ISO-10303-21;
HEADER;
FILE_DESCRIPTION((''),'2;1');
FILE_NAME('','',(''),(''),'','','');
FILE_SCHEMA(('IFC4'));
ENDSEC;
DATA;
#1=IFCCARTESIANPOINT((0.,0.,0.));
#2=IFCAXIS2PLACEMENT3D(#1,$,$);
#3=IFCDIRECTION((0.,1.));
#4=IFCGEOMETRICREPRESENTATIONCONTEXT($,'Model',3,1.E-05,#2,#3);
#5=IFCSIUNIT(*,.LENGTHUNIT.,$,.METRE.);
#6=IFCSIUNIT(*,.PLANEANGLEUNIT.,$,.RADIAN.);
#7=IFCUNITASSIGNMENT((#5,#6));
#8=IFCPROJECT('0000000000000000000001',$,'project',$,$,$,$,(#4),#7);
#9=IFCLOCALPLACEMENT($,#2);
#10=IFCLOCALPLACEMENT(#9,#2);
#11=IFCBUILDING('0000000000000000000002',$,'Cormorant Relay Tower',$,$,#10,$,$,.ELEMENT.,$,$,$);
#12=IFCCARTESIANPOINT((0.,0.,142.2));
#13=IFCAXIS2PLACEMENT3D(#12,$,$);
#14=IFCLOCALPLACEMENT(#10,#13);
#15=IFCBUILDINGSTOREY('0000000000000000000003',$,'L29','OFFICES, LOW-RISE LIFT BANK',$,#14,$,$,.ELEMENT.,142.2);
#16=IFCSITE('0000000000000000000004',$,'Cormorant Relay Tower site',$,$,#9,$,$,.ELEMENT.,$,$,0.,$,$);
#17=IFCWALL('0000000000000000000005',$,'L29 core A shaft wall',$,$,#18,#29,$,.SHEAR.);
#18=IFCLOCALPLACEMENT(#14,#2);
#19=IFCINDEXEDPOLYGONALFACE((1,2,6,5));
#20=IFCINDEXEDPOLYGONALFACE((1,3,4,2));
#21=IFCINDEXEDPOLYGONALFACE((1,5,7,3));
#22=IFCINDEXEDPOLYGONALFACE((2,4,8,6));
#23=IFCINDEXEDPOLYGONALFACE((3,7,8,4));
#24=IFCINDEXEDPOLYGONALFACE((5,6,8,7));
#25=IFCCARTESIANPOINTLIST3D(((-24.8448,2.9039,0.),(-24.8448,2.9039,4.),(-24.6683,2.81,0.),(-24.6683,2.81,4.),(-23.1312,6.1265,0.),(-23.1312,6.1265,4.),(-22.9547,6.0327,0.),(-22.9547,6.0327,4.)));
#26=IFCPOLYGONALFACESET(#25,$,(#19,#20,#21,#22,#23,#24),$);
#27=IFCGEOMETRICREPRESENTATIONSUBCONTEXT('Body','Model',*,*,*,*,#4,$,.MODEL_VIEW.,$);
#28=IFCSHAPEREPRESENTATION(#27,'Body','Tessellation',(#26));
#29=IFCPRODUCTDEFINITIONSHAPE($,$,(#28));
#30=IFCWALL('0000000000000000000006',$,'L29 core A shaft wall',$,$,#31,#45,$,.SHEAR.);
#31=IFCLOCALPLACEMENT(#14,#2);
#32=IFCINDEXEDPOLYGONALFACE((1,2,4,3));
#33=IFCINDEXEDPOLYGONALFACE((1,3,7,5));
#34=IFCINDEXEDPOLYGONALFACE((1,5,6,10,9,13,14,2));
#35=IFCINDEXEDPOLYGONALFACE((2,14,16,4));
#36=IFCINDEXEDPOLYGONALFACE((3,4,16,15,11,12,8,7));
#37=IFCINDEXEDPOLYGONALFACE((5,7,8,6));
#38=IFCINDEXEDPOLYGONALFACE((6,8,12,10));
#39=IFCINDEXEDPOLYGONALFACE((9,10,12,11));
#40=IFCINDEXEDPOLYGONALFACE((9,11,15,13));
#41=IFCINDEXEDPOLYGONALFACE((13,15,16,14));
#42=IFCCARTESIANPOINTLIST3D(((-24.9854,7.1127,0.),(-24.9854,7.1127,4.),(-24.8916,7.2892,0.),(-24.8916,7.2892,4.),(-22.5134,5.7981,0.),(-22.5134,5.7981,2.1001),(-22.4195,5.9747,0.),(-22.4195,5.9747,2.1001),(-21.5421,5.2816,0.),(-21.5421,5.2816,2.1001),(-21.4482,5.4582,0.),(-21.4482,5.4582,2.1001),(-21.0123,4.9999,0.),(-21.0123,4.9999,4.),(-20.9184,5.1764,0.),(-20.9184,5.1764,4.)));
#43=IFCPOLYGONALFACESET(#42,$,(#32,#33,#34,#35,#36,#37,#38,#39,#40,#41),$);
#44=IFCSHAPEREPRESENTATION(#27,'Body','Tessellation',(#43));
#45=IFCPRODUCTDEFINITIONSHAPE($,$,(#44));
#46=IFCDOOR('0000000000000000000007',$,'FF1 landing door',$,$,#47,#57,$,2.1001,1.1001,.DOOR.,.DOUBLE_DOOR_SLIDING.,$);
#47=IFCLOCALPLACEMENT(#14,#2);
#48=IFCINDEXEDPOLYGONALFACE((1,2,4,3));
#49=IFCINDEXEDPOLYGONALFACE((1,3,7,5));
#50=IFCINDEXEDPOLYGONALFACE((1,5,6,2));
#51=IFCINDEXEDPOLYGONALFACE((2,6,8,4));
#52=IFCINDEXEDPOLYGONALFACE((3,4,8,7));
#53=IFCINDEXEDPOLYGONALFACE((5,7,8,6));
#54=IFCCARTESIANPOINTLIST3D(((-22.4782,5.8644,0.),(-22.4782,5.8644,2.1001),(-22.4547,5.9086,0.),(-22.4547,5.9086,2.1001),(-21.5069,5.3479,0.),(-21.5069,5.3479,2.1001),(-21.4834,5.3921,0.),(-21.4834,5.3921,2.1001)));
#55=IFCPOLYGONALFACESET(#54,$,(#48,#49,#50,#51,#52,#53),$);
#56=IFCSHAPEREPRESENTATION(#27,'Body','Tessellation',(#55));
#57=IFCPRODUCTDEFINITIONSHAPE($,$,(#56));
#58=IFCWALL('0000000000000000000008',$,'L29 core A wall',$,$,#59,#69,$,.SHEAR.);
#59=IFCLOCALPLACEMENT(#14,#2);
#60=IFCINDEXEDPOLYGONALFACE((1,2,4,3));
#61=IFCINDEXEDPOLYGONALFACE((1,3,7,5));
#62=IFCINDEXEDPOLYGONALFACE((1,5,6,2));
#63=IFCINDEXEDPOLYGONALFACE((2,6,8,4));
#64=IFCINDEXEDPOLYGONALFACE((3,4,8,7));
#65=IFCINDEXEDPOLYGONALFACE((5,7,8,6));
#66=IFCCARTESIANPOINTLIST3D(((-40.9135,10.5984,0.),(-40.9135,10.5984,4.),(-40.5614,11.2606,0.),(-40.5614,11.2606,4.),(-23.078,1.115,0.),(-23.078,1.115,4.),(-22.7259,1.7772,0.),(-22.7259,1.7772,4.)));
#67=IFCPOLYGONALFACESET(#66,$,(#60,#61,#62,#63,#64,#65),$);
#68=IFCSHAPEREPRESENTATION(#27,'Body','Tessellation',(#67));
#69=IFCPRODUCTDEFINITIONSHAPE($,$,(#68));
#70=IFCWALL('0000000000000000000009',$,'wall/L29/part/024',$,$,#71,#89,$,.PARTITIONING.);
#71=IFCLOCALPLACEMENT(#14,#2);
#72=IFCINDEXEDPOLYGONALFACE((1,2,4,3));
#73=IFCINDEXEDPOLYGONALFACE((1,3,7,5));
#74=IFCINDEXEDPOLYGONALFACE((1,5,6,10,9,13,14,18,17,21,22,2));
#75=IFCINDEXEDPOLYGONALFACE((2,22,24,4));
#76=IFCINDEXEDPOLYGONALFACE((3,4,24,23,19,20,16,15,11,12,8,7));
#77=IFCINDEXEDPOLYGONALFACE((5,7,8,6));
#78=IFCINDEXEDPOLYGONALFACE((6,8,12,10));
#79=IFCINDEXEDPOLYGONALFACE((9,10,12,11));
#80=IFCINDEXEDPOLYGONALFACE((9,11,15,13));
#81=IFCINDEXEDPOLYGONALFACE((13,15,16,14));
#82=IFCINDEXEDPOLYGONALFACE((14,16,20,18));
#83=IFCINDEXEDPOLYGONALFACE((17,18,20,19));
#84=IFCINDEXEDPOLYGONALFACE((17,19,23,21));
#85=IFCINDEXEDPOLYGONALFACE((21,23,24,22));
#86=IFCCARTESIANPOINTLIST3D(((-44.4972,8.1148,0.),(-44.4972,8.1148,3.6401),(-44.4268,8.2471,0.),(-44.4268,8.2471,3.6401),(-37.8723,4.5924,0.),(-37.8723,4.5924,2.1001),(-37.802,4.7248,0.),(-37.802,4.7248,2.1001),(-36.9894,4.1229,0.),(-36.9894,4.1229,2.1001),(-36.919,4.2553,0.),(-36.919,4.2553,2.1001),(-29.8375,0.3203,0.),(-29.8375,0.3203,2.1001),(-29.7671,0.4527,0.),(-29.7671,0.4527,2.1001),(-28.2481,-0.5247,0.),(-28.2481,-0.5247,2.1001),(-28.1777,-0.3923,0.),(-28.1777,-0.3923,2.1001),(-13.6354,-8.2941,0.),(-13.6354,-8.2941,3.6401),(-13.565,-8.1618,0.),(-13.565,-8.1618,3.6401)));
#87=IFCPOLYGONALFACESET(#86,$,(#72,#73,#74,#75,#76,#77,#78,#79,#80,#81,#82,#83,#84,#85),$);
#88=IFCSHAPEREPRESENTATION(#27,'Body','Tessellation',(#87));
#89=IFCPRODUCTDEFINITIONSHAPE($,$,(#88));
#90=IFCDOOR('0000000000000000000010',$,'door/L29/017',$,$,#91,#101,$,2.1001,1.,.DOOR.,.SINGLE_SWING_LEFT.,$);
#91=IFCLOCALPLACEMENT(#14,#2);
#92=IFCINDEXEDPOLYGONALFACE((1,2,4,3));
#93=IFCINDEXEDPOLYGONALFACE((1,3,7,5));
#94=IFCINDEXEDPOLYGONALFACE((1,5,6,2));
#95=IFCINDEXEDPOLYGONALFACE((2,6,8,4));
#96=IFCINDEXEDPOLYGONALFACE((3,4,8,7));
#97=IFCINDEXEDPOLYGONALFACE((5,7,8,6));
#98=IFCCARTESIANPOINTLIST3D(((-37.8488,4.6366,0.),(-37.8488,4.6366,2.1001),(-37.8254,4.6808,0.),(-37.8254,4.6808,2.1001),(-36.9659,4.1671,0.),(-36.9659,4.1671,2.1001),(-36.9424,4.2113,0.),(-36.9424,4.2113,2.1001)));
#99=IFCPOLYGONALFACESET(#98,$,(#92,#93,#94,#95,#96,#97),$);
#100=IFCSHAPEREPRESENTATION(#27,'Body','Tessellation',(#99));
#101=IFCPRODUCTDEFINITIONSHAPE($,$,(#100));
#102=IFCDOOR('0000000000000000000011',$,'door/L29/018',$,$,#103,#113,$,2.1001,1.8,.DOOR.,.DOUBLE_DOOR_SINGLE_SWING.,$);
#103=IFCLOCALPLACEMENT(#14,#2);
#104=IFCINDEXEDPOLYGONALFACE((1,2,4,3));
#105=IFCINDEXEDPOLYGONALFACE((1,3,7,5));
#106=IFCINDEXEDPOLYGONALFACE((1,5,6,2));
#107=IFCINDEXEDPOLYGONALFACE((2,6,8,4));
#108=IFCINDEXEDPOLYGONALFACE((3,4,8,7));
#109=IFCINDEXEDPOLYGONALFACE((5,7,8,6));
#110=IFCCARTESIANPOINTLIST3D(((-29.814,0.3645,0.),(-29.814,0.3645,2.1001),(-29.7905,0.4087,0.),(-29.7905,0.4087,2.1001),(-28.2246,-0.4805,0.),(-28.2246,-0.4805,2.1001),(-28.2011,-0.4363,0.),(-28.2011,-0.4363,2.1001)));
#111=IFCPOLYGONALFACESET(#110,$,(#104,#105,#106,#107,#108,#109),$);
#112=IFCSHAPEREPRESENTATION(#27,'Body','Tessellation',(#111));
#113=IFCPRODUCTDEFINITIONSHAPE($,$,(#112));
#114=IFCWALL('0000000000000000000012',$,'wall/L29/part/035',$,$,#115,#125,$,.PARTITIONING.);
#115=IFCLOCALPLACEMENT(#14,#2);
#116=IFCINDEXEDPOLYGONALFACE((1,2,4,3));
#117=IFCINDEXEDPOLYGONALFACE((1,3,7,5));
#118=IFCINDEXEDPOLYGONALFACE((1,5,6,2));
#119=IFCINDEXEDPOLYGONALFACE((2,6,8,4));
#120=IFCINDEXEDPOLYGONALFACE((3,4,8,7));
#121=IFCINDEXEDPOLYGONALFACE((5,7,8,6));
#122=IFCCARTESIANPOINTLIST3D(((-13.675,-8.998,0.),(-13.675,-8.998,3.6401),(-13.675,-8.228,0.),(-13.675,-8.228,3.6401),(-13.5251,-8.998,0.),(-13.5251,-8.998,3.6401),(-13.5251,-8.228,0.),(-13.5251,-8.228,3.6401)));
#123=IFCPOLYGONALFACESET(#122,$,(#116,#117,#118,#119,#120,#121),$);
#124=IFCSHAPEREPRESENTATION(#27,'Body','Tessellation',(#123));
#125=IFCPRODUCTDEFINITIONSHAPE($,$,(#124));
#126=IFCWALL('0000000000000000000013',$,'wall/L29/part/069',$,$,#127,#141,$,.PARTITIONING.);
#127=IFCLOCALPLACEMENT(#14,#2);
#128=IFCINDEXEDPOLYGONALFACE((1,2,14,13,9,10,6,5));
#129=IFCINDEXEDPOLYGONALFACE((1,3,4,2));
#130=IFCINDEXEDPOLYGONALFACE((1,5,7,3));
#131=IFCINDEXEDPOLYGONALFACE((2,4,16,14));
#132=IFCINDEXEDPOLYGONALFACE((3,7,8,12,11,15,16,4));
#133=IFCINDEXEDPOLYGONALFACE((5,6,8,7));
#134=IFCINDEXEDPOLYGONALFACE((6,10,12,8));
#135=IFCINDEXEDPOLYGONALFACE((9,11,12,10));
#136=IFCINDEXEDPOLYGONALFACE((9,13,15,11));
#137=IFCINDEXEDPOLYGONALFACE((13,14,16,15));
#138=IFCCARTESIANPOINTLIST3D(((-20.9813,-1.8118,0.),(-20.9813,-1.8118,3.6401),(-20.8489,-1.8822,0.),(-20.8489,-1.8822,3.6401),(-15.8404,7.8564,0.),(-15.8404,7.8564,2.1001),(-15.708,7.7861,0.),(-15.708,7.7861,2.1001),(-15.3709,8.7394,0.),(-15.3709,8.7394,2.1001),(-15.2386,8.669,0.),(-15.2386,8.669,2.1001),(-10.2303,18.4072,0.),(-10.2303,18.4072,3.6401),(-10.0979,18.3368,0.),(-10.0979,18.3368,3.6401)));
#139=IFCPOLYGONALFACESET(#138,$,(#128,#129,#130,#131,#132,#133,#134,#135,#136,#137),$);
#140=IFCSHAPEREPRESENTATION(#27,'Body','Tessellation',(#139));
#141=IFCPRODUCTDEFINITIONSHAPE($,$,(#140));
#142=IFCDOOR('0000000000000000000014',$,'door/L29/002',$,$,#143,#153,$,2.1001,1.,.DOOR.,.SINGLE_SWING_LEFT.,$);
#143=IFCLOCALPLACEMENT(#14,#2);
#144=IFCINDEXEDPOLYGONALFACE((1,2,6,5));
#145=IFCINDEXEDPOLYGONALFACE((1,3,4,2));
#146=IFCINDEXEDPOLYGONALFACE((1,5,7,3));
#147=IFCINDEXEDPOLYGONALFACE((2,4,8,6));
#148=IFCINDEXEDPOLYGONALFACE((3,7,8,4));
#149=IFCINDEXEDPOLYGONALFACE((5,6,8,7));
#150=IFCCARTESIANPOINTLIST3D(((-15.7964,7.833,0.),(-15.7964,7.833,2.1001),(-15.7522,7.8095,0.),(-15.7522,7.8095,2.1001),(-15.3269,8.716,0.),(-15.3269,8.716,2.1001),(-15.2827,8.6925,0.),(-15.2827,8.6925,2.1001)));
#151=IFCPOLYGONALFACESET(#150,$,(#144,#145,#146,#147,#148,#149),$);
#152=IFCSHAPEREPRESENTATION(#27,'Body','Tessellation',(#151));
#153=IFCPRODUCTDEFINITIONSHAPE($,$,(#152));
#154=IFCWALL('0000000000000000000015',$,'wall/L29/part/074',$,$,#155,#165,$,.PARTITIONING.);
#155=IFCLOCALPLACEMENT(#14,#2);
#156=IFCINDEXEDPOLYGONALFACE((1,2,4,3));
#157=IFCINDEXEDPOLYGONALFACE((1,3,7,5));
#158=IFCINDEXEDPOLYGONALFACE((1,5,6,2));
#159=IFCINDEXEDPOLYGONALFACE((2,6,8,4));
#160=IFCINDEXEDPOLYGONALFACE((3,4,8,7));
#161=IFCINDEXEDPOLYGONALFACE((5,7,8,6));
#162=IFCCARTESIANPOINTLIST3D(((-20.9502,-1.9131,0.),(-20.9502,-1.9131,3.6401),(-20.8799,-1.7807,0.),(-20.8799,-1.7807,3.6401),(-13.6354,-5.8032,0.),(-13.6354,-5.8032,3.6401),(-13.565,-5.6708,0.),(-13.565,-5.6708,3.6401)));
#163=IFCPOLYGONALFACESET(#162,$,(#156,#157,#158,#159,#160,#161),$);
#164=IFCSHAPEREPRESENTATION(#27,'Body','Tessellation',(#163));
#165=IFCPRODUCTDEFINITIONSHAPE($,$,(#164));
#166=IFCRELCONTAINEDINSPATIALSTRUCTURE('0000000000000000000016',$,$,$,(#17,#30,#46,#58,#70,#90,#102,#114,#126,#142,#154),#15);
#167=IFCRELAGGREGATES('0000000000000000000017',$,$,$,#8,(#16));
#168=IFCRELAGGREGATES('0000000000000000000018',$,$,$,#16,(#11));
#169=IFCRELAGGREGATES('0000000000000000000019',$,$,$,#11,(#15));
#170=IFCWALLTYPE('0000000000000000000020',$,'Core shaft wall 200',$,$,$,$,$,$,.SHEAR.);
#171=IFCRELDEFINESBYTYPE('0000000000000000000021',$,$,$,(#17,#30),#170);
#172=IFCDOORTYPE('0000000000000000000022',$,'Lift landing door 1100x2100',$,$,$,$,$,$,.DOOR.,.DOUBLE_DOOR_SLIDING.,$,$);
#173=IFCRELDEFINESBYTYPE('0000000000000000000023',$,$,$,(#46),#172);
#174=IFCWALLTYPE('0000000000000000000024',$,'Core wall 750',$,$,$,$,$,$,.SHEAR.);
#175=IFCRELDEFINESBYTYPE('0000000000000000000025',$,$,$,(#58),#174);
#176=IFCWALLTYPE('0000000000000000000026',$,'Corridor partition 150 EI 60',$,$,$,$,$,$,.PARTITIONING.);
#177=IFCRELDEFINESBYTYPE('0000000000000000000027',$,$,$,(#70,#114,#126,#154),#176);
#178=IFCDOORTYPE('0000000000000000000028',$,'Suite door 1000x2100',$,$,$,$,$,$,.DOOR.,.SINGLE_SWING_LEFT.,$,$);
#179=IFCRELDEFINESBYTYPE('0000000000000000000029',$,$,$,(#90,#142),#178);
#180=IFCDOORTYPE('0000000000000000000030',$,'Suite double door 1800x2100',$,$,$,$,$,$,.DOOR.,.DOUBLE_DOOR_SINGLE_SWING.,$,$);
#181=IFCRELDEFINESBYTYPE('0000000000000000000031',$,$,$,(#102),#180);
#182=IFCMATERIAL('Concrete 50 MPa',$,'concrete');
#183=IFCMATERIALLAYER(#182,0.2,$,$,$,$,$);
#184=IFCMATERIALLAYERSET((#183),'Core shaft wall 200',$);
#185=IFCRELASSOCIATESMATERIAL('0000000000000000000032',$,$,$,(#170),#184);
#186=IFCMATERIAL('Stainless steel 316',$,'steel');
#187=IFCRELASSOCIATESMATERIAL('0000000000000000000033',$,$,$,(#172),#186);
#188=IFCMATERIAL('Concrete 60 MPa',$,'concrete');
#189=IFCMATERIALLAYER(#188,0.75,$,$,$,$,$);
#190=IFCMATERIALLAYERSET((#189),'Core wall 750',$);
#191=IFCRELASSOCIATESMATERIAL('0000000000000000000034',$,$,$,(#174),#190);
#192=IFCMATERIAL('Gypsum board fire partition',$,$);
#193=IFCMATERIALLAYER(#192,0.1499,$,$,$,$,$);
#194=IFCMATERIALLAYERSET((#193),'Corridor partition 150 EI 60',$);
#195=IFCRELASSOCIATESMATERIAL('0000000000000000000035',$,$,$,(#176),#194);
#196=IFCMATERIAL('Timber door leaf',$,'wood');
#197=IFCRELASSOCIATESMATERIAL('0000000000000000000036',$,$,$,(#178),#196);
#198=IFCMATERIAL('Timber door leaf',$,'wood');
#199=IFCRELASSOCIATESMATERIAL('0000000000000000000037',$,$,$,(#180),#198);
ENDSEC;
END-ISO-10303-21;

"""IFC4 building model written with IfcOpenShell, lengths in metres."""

from ifc_helpers import new_model, si_unit, direction, frame, frame_2d, origin, place, context, subcontext, project, spatial, rectangle, extrude, material, layer, layer_set, type_object, element, fill, save


model = new_model("IFC4")

# Units and contexts
model_context = context("Model", 3, precision=1e-05, world=origin(), true_north=direction((0.0, 1.0)))
body_context = subcontext(model_context, "Body", "Model", "MODEL_VIEW")
ifc_project = project(units=[si_unit("LENGTHUNIT", "METRE"), si_unit("PLANEANGLEUNIT", "RADIAN")], contexts=[model_context])

# Site, building, storey
site_placement = place(None, origin())
site = spatial("IfcSite", under=ifc_project, at=site_placement, Name="Cormorant Relay Tower site", CompositionType="ELEMENT", RefElevation=0.0)
building_placement = place(site_placement, origin())
building = spatial("IfcBuilding", under=site, at=building_placement, Name="Cormorant Relay Tower", CompositionType="ELEMENT")
storey_placement = place(building_placement, frame((0.0, 0.0, 142.2)))
storey = spatial("IfcBuildingStorey", under=building, at=storey_placement, Name="L29", Description="OFFICES, LOW-RISE LIFT BANK", CompositionType="ELEMENT", Elevation=142.2)

# Wall
ifc_material_1 = material(Name="Concrete 50 MPa", Category="concrete")
ifc_layer_1 = layer(ifc_material_1, 0.2)
ifc_layer_set_1 = layer_set([ifc_layer_1], Name="Core shaft wall 200")
wall_type_1 = type_object("IfcWallType", Name="Core shaft wall 200", PredefinedType="SHEAR", material=ifc_layer_set_1)
wall_1_placement = place(storey_placement, frame((-23.043, 6.0796, 0.0), z_axis=(0.0, 0.0, 1.0), x_axis=(-0.469494, -0.882936, 0.0)))
element("IfcWall", 1, at=wall_1_placement, inside=storey, type_object=wall_type_1, Name="L29 core A shaft wall", PredefinedType="SHEAR", context=body_context, shape_type="SweptSolid", body=[
    extrude(rectangle(XDim=3.6499, YDim=0.2, at=frame_2d((1.825, 0.0))), origin(), (0.0, 0.0, 1.0), 4.0),
])

# Wall, opening, door
wall_2_placement = place(storey_placement, frame((-20.9653, 5.0881, 0.0), z_axis=(0.0, 0.0, 1.0), x_axis=(-0.882926, 0.469512, 0.0)))
wall_2 = element("IfcWall", 2, at=wall_2_placement, inside=storey, type_object=wall_type_1, Name="L29 core A shaft wall", PredefinedType="SHEAR", context=body_context, shape_type="SweptSolid", body=[
    extrude(rectangle(XDim=4.5, YDim=0.2, at=frame_2d((2.25, 0.0))), origin(), (0.0, 0.0, 1.0), 4.0),
])
opening_1_placement = place(wall_2_placement, frame((0.6001, 0.0, 0.0)))
opening_1 = element("IfcOpeningElement", 3, at=opening_1_placement, cuts=wall_2, PredefinedType="OPENING", context=body_context, shape_type="SweptSolid", body=[
    extrude(rectangle(XDim=1.1001, YDim=2.1001, at=frame_2d((0.55, 1.05))), frame((0.0, 0.1099, 0.0), z_axis=(0.0, -1.0, 0.0), x_axis=(1.0, 0.0, 0.0)), (0.0, 0.0, 1.0), 0.22),
])
ifc_material_2 = material(Name="Stainless steel 316", Category="steel")
door_type_1 = type_object("IfcDoorType", Name="Lift landing door 1100x2100", OperationType="DOUBLE_DOOR_SLIDING", PredefinedType="DOOR", material=ifc_material_2)
door_1_placement = place(opening_1_placement, origin())
door_1 = element("IfcDoor", 4, at=door_1_placement, inside=storey, type_object=door_type_1, Name="FF1 landing door", OperationType="DOUBLE_DOOR_SLIDING", OverallHeight=2.1001, OverallWidth=1.1001, PredefinedType="DOOR", context=body_context, shape_type="SweptSolid", body=[
    extrude(rectangle(XDim=1.1001, YDim=2.1001, at=frame_2d((0.55, 1.05))), frame((0.0, 0.0249, 0.0), z_axis=(0.0, -1.0, 0.0), x_axis=(1.0, 0.0, 0.0)), (0.0, 0.0, 1.0), 0.05),
])
fill(opening_1, door_1)

# Wall
ifc_material_3 = material(Name="Concrete 60 MPa", Category="concrete")
ifc_layer_2 = layer(ifc_material_3, 0.75)
ifc_layer_set_2 = layer_set([ifc_layer_2], Name="Core wall 750")
wall_type_2 = type_object("IfcWallType", Name="Core wall 750", PredefinedType="SHEAR", material=ifc_layer_set_2)
wall_3_placement = place(storey_placement, frame((-22.9019, 1.446, 0.0), z_axis=(0.0, 0.0, 1.0), x_axis=(-0.882945, 0.469476, 0.0)))
element("IfcWall", 5, at=wall_3_placement, inside=storey, type_object=wall_type_2, Name="L29 core A wall", PredefinedType="SHEAR", context=body_context, shape_type="SweptSolid", body=[
    extrude(rectangle(XDim=20.2, YDim=0.75, at=frame_2d((10.1001, 0.0))), origin(), (0.0, 0.0, 1.0), 4.0),
])

# Wall, openings, doors
ifc_material_4 = material(Name="Gypsum board fire partition")
ifc_layer_3 = layer(ifc_material_4, 0.1499)
ifc_layer_set_3 = layer_set([ifc_layer_3], Name="Corridor partition 150 EI 60")
wall_type_3 = type_object("IfcWallType", Name="Corridor partition 150 EI 60", PredefinedType="PARTITIONING", material=ifc_layer_set_3)
wall_4_placement = place(storey_placement, frame((-13.6001, -8.228, 0.0), z_axis=(0.0, 0.0, 1.0), x_axis=(-0.882955, 0.469459, 0.0)))
wall_4 = element("IfcWall", 6, at=wall_4_placement, inside=storey, type_object=wall_type_3, Name="wall/L29/part/024", PredefinedType="PARTITIONING", context=body_context, shape_type="SweptSolid", body=[
    extrude(rectangle(XDim=34.9529, YDim=0.1499, at=frame_2d((17.4766, 0.0))), origin(), (0.0, 0.0, 1.0), 3.6401),
])
opening_2_placement = place(wall_4_placement, frame((26.45, 0.0, 0.0)))
opening_2 = element("IfcOpeningElement", 7, at=opening_2_placement, cuts=wall_4, PredefinedType="OPENING", context=body_context, shape_type="SweptSolid", body=[
    extrude(rectangle(XDim=1.0, YDim=2.1001, at=frame_2d((0.5, 1.05))), frame((0.0, 0.085, 0.0), z_axis=(0.0, -1.0, 0.0), x_axis=(1.0, 0.0, 0.0)), (0.0, 0.0, 1.0), 0.1699),
])
opening_3_placement = place(wall_4_placement, frame((16.55, 0.0, 0.0)))
opening_3 = element("IfcOpeningElement", 8, at=opening_3_placement, cuts=wall_4, PredefinedType="OPENING", context=body_context, shape_type="SweptSolid", body=[
    extrude(rectangle(XDim=1.8, YDim=2.1001, at=frame_2d((0.8999, 1.05))), frame((0.0, 0.085, 0.0), z_axis=(0.0, -1.0, 0.0), x_axis=(1.0, 0.0, 0.0)), (0.0, 0.0, 1.0), 0.1699),
])
ifc_material_5 = material(Name="Timber door leaf", Category="wood")
door_type_2 = type_object("IfcDoorType", Name="Suite door 1000x2100", OperationType="SINGLE_SWING_LEFT", PredefinedType="DOOR", material=ifc_material_5)
door_2_placement = place(opening_2_placement, origin())
door_2 = element("IfcDoor", 9, at=door_2_placement, inside=storey, type_object=door_type_2, Name="door/L29/017", OperationType="SINGLE_SWING_LEFT", OverallHeight=2.1001, OverallWidth=1.0, PredefinedType="DOOR", context=body_context, shape_type="SweptSolid", body=[
    extrude(rectangle(XDim=1.0, YDim=2.1001, at=frame_2d((0.5, 1.05))), frame((0.0, 0.0249, 0.0), z_axis=(0.0, -1.0, 0.0), x_axis=(1.0, 0.0, 0.0)), (0.0, 0.0, 1.0), 0.05),
])
fill(opening_2, door_2)
ifc_material_6 = material(Name="Timber door leaf", Category="wood")
door_type_3 = type_object("IfcDoorType", Name="Suite double door 1800x2100", OperationType="DOUBLE_DOOR_SINGLE_SWING", PredefinedType="DOOR", material=ifc_material_6)
door_3_placement = place(opening_3_placement, origin())
door_3 = element("IfcDoor", 10, at=door_3_placement, inside=storey, type_object=door_type_3, Name="door/L29/018", OperationType="DOUBLE_DOOR_SINGLE_SWING", OverallHeight=2.1001, OverallWidth=1.8, PredefinedType="DOOR", context=body_context, shape_type="SweptSolid", body=[
    extrude(rectangle(XDim=1.8, YDim=2.1001, at=frame_2d((0.8999, 1.05))), frame((0.0, 0.0249, 0.0), z_axis=(0.0, -1.0, 0.0), x_axis=(1.0, 0.0, 0.0)), (0.0, 0.0, 1.0), 0.05),
])
fill(opening_3, door_3)

# Wall
wall_5_placement = place(storey_placement, frame((-13.6001, -8.228, 0.0), z_axis=(0.0, 0.0, 1.0), x_axis=(0.0, -1.0, 0.0)))
element("IfcWall", 11, at=wall_5_placement, inside=storey, type_object=wall_type_3, Name="wall/L29/part/035", PredefinedType="PARTITIONING", context=body_context, shape_type="SweptSolid", body=[
    extrude(rectangle(XDim=0.77, YDim=0.1499, at=frame_2d((0.385, 0.0))), origin(), (0.0, 0.0, 1.0), 3.6401),
])

# Wall, opening, door
wall_6_placement = place(storey_placement, frame((-20.915, -1.8469, 0.0), z_axis=(0.0, 0.0, 1.0), x_axis=(0.469483, 0.882941, 0.0)))
wall_6 = element("IfcWall", 12, at=wall_6_placement, inside=storey, type_object=wall_type_3, Name="wall/L29/part/069", PredefinedType="PARTITIONING", context=body_context, shape_type="SweptSolid", body=[
    extrude(rectangle(XDim=22.8997, YDim=0.1499, at=frame_2d((11.4497, 0.0))), origin(), (0.0, 0.0, 1.0), 3.6401),
])
opening_4_placement = place(wall_6_placement, frame((10.95, 0.0, 0.0)))
opening_4 = element("IfcOpeningElement", 13, at=opening_4_placement, cuts=wall_6, PredefinedType="OPENING", context=body_context, shape_type="SweptSolid", body=[
    extrude(rectangle(XDim=1.0, YDim=2.1001, at=frame_2d((0.5, 1.05))), frame((0.0, 0.085, 0.0), z_axis=(0.0, -1.0, 0.0), x_axis=(1.0, 0.0, 0.0)), (0.0, 0.0, 1.0), 0.1699),
])
door_4_placement = place(opening_4_placement, frame((1.0, 0.0, 0.0), z_axis=(0.0, 0.0, 1.0), x_axis=(-1.0, 0.0, 0.0)))
door_4 = element("IfcDoor", 14, at=door_4_placement, inside=storey, type_object=door_type_2, Name="door/L29/002", OperationType="SINGLE_SWING_LEFT", OverallHeight=2.1001, OverallWidth=1.0, PredefinedType="DOOR", context=body_context, shape_type="SweptSolid", body=[
    extrude(rectangle(XDim=1.0, YDim=2.1001, at=frame_2d((0.5, 1.05))), frame((0.0, 0.0249, 0.0), z_axis=(0.0, -1.0, 0.0), x_axis=(1.0, 0.0, 0.0)), (0.0, 0.0, 1.0), 0.05),
])
fill(opening_4, door_4)

# Wall
wall_7_placement = place(storey_placement, frame((-13.6001, -5.7371, 0.0), z_axis=(0.0, 0.0, 1.0), x_axis=(-0.882912, 0.469539, 0.0)))
element("IfcWall", 15, at=wall_7_placement, inside=storey, type_object=wall_type_3, Name="wall/L29/part/074", PredefinedType="PARTITIONING", context=body_context, shape_type="SweptSolid", body=[
    extrude(rectangle(XDim=8.2849, YDim=0.1499, at=frame_2d((4.1426, 0.0))), origin(), (0.0, 0.0, 1.0), 3.6401),
])

save(model, "model.ifc")
